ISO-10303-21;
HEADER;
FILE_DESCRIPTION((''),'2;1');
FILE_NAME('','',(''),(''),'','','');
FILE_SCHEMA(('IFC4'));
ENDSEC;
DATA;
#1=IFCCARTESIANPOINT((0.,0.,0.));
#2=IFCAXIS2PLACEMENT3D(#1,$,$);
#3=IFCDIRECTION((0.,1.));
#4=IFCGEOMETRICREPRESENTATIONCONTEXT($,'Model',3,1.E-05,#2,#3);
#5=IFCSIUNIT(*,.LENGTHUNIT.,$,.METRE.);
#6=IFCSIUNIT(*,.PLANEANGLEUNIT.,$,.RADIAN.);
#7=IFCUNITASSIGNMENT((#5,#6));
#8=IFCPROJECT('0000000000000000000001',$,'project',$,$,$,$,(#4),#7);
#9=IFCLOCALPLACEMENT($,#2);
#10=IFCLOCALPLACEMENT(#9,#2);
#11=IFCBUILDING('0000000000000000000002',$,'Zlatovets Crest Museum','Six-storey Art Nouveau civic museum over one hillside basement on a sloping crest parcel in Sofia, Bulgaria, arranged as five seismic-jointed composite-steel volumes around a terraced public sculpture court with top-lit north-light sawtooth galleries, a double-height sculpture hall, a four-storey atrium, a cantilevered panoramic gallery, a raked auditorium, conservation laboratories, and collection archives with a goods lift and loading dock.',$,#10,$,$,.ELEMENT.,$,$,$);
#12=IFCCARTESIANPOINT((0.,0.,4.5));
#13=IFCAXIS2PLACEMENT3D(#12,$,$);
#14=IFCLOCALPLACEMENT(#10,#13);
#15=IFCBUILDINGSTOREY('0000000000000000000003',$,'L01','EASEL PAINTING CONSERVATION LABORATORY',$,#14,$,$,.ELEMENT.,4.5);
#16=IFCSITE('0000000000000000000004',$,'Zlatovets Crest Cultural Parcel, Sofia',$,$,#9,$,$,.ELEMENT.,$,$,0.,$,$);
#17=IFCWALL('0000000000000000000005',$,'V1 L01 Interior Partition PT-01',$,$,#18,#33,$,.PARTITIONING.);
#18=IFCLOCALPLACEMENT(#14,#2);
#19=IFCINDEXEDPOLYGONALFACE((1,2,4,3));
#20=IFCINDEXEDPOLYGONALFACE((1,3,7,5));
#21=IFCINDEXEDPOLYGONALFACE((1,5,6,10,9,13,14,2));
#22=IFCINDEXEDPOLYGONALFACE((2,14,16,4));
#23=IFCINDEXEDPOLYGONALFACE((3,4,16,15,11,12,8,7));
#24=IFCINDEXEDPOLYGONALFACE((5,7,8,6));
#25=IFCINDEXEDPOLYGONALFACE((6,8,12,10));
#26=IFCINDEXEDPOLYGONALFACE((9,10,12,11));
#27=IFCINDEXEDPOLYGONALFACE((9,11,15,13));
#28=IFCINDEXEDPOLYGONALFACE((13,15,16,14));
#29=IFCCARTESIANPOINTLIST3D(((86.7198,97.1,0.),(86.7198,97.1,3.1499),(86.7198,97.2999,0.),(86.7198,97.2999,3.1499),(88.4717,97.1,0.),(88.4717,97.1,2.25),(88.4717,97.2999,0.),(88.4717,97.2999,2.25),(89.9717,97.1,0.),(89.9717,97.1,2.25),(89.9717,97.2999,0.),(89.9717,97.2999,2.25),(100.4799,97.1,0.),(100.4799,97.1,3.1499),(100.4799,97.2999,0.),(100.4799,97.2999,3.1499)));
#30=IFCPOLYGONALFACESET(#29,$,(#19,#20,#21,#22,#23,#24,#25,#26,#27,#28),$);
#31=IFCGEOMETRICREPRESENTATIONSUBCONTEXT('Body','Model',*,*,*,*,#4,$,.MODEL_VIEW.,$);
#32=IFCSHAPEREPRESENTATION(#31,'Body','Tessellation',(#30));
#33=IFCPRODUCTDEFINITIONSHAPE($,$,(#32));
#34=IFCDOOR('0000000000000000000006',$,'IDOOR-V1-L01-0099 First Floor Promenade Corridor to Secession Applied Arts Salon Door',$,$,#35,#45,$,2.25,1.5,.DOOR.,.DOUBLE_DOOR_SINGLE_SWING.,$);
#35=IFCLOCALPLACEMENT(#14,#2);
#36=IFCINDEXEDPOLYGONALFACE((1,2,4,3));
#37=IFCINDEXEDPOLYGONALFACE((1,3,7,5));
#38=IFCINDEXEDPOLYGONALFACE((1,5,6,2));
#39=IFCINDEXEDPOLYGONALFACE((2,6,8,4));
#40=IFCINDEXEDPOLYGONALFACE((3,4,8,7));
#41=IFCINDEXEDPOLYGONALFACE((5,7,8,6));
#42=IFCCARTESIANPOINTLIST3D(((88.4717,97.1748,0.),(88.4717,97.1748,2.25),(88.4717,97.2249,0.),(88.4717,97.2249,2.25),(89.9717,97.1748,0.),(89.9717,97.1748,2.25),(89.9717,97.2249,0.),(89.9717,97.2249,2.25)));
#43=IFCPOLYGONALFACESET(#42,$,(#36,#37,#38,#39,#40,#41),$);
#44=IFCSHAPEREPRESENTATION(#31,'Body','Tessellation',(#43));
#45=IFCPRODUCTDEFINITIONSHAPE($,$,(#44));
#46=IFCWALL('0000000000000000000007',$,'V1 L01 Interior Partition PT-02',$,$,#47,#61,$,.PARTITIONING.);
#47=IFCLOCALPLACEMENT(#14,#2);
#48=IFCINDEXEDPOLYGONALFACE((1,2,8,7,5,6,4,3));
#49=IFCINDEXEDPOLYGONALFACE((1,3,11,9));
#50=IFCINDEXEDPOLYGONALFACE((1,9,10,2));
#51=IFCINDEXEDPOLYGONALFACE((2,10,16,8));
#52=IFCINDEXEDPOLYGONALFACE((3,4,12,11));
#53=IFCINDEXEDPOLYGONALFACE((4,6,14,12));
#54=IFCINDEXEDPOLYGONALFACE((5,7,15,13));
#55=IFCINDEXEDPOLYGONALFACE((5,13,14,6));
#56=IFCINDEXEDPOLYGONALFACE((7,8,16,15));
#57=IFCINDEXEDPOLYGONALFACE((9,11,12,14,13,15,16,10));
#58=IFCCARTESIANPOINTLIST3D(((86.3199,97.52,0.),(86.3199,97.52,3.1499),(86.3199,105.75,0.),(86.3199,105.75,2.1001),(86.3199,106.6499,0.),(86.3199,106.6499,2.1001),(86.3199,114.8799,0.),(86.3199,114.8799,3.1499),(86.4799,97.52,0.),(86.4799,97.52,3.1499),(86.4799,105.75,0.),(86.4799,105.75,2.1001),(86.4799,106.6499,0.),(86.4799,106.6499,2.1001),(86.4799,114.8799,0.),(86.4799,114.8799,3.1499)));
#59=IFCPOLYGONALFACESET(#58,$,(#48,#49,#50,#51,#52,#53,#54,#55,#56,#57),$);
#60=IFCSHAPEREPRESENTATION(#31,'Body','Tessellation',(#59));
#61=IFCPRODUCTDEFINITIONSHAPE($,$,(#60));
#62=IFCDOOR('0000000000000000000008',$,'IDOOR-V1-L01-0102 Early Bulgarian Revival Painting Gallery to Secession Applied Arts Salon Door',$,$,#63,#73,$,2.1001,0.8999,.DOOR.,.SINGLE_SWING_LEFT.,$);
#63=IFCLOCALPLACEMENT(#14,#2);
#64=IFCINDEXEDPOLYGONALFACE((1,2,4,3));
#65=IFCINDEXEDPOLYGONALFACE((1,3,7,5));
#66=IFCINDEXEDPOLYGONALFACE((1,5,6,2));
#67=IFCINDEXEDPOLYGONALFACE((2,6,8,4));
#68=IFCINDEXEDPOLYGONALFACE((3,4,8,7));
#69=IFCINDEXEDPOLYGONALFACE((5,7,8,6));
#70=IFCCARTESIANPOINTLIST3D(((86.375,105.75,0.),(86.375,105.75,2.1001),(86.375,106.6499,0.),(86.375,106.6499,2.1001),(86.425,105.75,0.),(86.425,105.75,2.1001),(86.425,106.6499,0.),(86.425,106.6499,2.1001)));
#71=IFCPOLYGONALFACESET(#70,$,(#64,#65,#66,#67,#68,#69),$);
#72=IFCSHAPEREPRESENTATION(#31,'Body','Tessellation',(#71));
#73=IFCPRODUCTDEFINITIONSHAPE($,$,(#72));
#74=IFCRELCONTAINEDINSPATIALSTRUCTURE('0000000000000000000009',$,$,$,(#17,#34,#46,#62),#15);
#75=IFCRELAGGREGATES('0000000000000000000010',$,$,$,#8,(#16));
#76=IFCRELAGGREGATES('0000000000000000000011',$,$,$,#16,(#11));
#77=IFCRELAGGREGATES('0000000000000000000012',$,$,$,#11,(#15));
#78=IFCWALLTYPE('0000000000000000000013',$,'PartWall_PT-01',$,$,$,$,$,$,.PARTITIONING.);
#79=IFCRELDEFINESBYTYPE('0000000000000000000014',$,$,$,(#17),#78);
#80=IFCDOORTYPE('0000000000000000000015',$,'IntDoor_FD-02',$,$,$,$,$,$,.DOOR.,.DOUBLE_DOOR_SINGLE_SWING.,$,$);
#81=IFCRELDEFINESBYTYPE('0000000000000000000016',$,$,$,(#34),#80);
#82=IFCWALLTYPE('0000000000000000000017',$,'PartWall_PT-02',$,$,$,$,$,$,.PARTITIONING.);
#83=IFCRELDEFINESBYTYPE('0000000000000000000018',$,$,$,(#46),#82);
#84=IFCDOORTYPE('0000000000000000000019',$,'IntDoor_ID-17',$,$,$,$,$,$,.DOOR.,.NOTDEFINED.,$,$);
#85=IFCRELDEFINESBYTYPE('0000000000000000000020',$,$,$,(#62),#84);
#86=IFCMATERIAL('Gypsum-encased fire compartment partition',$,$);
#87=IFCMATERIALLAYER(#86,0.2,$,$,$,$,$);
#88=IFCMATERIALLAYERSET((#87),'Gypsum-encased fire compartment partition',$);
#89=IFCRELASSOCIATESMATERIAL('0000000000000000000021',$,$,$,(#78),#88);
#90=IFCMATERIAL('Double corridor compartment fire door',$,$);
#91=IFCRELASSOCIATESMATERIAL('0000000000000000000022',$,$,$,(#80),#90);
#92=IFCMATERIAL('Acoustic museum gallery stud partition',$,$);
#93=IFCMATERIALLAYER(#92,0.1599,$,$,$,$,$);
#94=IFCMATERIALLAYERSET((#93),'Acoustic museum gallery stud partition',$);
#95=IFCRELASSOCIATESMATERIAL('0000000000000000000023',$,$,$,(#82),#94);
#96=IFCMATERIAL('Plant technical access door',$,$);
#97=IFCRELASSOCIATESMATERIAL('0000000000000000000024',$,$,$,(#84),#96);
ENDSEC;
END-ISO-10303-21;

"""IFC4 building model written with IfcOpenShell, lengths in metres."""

from ifc_helpers import new_model, si_unit, direction, frame, frame_2d, origin, place, context, subcontext, project, spatial, rectangle, extrude, material, layer, layer_set, type_object, element, fill, save


model = new_model("IFC4")

# Units and contexts
model_context = context("Model", 3, precision=1e-05, world=origin(), true_north=direction((0.0, 1.0)))
body_context = subcontext(model_context, "Body", "Model", "MODEL_VIEW")
ifc_project = project(units=[si_unit("LENGTHUNIT", "METRE"), si_unit("PLANEANGLEUNIT", "RADIAN")], contexts=[model_context])

# Site, building, storey
site_placement = place(None, origin())
site = spatial("IfcSite", under=ifc_project, at=site_placement, Name="Zlatovets Crest Cultural Parcel, Sofia", CompositionType="ELEMENT", RefElevation=0.0)
building_placement = place(site_placement, origin())
building = spatial("IfcBuilding", under=site, at=building_placement, Name="Zlatovets Crest Museum", Description="Six-storey Art Nouveau civic museum over one hillside basement on a sloping crest parcel in Sofia, Bulgaria, arranged as five seismic-jointed composite-steel volumes around a terraced public sculpture court with top-lit north-light sawtooth galleries, a double-height sculpture hall, a four-storey atrium, a cantilevered panoramic gallery, a raked auditorium, conservation laboratories, and collection archives with a goods lift and loading dock.", CompositionType="ELEMENT")
storey_placement = place(building_placement, frame((0.0, 0.0, 4.5)))
storey = spatial("IfcBuildingStorey", under=building, at=storey_placement, Name="L01", Description="EASEL PAINTING CONSERVATION LABORATORY", CompositionType="ELEMENT", Elevation=4.5)

# Walls, openings, doors
ifc_material_1 = material(Name="Gypsum-encased fire compartment partition")
ifc_layer_1 = layer(ifc_material_1, 0.2)
ifc_layer_set_1 = layer_set([ifc_layer_1], Name="Gypsum-encased fire compartment partition")
wall_type_1 = type_object("IfcWallType", Name="PartWall_PT-01", PredefinedType="PARTITIONING", material=ifc_layer_set_1)
wall_1_placement = place(storey_placement, frame((86.72, 97.2, 0.0), z_axis=(0.0, 0.0, 1.0), x_axis=(1.0, 0.0, 0.0)))
wall_1 = element("IfcWall", 1, at=wall_1_placement, inside=storey, type_object=wall_type_1, Name="V1 L01 Interior Partition PT-01", PredefinedType="PARTITIONING", context=body_context, shape_type="SweptSolid", body=[
    extrude(rectangle(XDim=13.76, YDim=0.2, at=frame_2d((6.8799, 0.0))), origin(), (0.0, 0.0, 1.0), 3.1499),
])
opening_1_placement = place(wall_1_placement, frame((1.7517, 0.0, 0.0)))
opening_1 = element("IfcOpeningElement", 2, at=opening_1_placement, cuts=wall_1, PredefinedType="OPENING", context=body_context, shape_type="SweptSolid", body=[
    extrude(rectangle(XDim=1.5, YDim=2.25, at=frame_2d((0.75, 1.125))), frame((0.0, 0.1099, 0.0), z_axis=(0.0, -1.0, 0.0), x_axis=(1.0, 0.0, 0.0)), (0.0, 0.0, 1.0), 0.22),
])
ifc_material_2 = material(Name="Double corridor compartment fire door")
door_type_1 = type_object("IfcDoorType", Name="IntDoor_FD-02", OperationType="DOUBLE_DOOR_SINGLE_SWING", PredefinedType="DOOR", material=ifc_material_2)
door_1_placement = place(opening_1_placement, origin())
door_1 = element("IfcDoor", 3, at=door_1_placement, inside=storey, type_object=door_type_1, Name="IDOOR-V1-L01-0099 First Floor Promenade Corridor to Secession Applied Arts Salon Door", OperationType="DOUBLE_DOOR_SINGLE_SWING", OverallHeight=2.25, OverallWidth=1.5, PredefinedType="DOOR", context=body_context, shape_type="SweptSolid", body=[
    extrude(rectangle(XDim=1.5, YDim=2.25, at=frame_2d((0.75, 1.125))), frame((0.0, 0.0249, 0.0), z_axis=(0.0, -1.0, 0.0), x_axis=(1.0, 0.0, 0.0)), (0.0, 0.0, 1.0), 0.05),
])
fill(opening_1, door_1)
ifc_material_3 = material(Name="Acoustic museum gallery stud partition")
ifc_layer_2 = layer(ifc_material_3, 0.1599)
ifc_layer_set_2 = layer_set([ifc_layer_2], Name="Acoustic museum gallery stud partition")
wall_type_2 = type_object("IfcWallType", Name="PartWall_PT-02", PredefinedType="PARTITIONING", material=ifc_layer_set_2)
wall_2_placement = place(storey_placement, frame((86.3999, 97.52, 0.0), z_axis=(0.0, 0.0, 1.0), x_axis=(0.0, 1.0, 0.0)))
wall_2 = element("IfcWall", 4, at=wall_2_placement, inside=storey, type_object=wall_type_2, Name="V1 L01 Interior Partition PT-02", PredefinedType="PARTITIONING", context=body_context, shape_type="SweptSolid", body=[
    extrude(rectangle(XDim=17.3599, YDim=0.1599, at=frame_2d((8.6799, 0.0))), origin(), (0.0, 0.0, 1.0), 3.1499),
])
opening_2_placement = place(wall_2_placement, frame((8.23, 0.0, 0.0)))
opening_2 = element("IfcOpeningElement", 5, at=opening_2_placement, cuts=wall_2, PredefinedType="OPENING", context=body_context, shape_type="SweptSolid", body=[
    extrude(rectangle(XDim=0.8999, YDim=2.1001, at=frame_2d((0.45, 1.05))), frame((0.0, 0.0898, 0.0), z_axis=(0.0, -1.0, 0.0), x_axis=(1.0, 0.0, 0.0)), (0.0, 0.0, 1.0), 0.1799),
])
ifc_material_4 = material(Name="Plant technical access door")
door_type_2 = type_object("IfcDoorType", Name="IntDoor_ID-17", OperationType="NOTDEFINED", PredefinedType="DOOR", material=ifc_material_4)
door_2_placement = place(opening_2_placement, origin())
door_2 = element("IfcDoor", 6, at=door_2_placement, inside=storey, type_object=door_type_2, Name="IDOOR-V1-L01-0102 Early Bulgarian Revival Painting Gallery to Secession Applied Arts Salon Door", OperationType="SINGLE_SWING_LEFT", OverallHeight=2.1001, OverallWidth=0.8999, PredefinedType="DOOR", context=body_context, shape_type="SweptSolid", body=[
    extrude(rectangle(XDim=0.8999, YDim=2.1001, at=frame_2d((0.45, 1.05))), frame((0.0, 0.0249, 0.0), z_axis=(0.0, -1.0, 0.0), x_axis=(1.0, 0.0, 0.0)), (0.0, 0.0, 1.0), 0.05),
])
fill(opening_2, door_2)

save(model, "model.ifc")
